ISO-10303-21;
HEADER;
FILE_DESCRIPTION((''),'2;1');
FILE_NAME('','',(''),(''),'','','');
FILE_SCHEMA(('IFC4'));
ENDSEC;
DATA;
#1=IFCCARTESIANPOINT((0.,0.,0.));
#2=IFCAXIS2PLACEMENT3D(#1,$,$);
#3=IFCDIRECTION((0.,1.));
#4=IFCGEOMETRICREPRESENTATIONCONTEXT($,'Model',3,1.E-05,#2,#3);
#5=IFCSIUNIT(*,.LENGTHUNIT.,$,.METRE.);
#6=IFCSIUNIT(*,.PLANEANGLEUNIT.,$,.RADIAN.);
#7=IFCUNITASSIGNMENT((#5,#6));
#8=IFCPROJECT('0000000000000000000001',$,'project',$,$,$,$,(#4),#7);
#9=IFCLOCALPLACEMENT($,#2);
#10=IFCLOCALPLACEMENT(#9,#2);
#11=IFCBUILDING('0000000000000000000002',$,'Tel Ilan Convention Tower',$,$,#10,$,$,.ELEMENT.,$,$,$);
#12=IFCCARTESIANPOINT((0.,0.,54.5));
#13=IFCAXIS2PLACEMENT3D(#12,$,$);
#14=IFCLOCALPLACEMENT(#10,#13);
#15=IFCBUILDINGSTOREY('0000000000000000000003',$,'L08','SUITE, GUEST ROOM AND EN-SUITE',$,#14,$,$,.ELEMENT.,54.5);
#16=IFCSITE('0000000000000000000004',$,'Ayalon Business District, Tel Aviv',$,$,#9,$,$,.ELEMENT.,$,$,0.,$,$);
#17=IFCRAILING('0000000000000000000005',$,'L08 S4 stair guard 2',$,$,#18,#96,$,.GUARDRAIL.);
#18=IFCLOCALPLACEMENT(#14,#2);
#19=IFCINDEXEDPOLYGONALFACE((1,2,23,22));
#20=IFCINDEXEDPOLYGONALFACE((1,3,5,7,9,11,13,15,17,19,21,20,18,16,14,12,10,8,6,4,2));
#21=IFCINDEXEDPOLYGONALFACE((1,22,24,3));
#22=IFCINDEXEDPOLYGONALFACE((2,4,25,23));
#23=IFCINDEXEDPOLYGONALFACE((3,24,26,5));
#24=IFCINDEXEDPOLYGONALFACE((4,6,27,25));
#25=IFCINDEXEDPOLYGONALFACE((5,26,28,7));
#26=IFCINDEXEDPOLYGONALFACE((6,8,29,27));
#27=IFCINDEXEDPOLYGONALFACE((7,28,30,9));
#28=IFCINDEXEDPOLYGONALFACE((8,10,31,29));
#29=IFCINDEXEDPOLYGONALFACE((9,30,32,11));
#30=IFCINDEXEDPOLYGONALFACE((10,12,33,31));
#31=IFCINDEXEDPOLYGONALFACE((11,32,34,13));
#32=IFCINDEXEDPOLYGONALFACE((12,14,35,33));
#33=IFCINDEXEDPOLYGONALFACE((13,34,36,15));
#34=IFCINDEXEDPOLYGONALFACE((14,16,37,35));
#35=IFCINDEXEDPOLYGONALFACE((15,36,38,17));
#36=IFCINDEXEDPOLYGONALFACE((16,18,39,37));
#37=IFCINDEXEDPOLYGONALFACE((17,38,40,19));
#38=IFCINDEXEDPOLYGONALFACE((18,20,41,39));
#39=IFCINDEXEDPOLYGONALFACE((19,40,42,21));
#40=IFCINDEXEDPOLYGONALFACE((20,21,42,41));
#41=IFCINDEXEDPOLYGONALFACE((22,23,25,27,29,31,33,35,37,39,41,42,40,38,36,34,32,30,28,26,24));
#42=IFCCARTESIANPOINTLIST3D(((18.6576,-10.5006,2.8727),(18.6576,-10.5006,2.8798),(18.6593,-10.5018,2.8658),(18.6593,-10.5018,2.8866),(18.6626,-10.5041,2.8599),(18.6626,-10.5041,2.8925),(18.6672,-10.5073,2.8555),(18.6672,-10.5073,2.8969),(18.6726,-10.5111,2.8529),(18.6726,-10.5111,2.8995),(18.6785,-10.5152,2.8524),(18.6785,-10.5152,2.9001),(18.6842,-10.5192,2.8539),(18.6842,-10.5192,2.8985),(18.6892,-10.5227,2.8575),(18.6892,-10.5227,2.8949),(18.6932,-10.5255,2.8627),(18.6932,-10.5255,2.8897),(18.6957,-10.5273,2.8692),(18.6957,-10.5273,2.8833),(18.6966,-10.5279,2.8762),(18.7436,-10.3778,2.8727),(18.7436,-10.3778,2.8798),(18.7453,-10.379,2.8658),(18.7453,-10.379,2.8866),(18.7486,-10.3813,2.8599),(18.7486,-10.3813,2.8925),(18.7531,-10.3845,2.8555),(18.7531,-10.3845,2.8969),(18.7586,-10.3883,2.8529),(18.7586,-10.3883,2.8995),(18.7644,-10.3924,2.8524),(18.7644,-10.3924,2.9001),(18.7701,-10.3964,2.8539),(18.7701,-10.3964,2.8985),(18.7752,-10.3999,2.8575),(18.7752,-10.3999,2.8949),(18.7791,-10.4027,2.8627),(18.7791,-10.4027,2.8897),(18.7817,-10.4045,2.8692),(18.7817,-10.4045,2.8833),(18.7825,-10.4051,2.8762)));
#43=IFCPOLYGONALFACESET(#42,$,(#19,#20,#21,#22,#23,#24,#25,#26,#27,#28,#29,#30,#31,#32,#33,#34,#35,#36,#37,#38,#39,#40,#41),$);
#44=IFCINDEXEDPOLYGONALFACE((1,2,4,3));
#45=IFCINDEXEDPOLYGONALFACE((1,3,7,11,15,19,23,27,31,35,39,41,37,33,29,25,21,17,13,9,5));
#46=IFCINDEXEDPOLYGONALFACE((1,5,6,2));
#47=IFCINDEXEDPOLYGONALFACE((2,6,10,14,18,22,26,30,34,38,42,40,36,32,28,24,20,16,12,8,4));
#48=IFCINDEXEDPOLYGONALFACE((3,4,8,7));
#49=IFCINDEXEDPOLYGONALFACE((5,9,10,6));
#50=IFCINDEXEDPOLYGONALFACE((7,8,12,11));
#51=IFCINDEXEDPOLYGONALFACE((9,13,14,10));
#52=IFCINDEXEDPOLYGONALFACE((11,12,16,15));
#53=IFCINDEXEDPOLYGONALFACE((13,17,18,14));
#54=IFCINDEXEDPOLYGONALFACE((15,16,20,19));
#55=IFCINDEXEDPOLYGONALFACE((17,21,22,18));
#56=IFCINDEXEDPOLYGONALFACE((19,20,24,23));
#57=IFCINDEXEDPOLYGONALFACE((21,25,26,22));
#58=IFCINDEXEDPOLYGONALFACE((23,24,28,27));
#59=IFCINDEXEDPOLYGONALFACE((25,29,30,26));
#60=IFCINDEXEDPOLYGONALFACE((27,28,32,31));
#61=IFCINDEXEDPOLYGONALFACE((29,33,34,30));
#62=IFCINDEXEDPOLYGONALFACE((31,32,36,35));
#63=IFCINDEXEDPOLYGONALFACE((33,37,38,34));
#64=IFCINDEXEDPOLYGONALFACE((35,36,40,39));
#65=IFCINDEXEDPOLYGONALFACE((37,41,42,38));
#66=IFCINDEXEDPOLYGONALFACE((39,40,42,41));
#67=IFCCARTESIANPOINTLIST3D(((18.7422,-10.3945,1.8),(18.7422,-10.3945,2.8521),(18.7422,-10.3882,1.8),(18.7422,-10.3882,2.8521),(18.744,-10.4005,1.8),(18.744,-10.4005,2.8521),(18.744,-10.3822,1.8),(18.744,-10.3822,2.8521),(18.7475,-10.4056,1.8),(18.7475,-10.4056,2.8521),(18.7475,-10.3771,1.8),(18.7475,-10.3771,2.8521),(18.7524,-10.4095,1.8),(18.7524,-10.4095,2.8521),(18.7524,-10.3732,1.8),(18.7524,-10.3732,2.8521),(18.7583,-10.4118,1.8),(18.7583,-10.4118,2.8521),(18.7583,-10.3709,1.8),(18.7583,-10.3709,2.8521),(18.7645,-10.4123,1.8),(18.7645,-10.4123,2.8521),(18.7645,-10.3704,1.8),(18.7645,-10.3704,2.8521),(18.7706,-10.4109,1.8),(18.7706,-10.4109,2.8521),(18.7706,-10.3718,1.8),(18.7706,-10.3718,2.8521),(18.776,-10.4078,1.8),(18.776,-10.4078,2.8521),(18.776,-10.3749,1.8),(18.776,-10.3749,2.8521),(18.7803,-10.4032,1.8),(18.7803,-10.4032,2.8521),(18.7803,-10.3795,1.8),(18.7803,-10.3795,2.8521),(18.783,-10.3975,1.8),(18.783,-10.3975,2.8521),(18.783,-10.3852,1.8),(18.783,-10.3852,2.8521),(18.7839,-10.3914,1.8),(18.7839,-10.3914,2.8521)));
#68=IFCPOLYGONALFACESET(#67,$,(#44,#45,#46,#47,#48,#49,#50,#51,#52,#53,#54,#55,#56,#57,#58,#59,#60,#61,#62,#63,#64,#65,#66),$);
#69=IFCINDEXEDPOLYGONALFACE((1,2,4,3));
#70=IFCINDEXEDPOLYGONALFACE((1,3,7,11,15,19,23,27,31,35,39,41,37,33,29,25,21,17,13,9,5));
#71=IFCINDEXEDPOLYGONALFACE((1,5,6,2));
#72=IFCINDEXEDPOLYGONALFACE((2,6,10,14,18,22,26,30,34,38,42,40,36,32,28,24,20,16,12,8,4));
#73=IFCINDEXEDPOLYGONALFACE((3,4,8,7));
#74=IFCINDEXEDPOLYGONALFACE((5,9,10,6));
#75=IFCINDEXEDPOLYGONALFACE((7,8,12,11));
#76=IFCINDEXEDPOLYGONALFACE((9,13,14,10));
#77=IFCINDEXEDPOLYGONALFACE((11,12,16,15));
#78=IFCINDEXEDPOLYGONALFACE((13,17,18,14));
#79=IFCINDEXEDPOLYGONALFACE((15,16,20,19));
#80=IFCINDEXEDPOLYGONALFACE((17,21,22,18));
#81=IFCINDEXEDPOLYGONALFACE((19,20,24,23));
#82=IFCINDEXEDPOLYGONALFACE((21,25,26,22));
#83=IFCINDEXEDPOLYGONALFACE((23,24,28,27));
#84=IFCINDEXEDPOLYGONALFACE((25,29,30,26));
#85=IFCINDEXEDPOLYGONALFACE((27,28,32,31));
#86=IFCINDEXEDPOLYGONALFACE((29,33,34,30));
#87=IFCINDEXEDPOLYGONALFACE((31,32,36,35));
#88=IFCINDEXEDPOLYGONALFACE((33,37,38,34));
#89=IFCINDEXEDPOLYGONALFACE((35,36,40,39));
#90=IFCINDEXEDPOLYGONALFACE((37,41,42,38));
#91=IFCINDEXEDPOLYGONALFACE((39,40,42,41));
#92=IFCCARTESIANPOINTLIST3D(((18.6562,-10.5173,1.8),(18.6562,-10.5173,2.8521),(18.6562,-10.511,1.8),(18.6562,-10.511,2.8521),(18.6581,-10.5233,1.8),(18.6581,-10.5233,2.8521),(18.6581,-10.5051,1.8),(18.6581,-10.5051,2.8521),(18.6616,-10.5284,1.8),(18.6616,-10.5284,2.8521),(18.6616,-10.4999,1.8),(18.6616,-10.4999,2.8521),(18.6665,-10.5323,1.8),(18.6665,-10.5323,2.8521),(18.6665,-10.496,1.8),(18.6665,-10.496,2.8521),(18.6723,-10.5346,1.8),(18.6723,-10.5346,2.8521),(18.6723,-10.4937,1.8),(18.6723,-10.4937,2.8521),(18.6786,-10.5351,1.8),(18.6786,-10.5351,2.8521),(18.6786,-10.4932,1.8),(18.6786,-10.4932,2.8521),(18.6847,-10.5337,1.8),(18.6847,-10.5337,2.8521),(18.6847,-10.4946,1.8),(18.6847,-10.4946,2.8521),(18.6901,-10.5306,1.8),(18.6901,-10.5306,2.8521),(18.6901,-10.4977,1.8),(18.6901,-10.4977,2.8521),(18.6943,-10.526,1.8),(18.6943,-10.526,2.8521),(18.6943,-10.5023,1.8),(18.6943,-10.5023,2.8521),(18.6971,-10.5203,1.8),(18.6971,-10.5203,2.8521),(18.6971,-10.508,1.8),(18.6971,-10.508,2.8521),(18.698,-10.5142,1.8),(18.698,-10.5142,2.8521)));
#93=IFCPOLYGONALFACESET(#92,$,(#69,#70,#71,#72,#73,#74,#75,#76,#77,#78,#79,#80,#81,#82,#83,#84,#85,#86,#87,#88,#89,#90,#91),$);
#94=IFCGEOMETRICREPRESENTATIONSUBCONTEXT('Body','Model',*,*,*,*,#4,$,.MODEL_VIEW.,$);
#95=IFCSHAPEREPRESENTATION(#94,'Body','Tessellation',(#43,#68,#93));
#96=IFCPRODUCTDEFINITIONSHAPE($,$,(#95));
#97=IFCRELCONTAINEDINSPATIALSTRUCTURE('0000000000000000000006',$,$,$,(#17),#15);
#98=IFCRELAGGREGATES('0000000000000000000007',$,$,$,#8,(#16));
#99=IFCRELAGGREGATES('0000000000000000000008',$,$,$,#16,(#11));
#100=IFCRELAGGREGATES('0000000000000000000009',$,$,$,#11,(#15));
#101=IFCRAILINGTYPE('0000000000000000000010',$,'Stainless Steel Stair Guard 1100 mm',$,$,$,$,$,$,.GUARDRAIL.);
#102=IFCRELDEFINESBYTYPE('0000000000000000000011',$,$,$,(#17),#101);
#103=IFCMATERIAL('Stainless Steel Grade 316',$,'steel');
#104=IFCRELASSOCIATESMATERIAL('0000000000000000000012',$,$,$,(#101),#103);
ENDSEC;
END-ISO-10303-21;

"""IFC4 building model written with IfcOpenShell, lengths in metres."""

from ifc_helpers import new_model, si_unit, direction, frame, origin, origin_2d, place, context, subcontext, project, spatial, circle, extrude, material, type_object, element, save


model = new_model("IFC4")

# Units and contexts
model_context = context("Model", 3, precision=1e-05, world=origin(), true_north=direction((0.0, 1.0)))
body_context = subcontext(model_context, "Body", "Model", "MODEL_VIEW")
ifc_project = project(units=[si_unit("LENGTHUNIT", "METRE"), si_unit("PLANEANGLEUNIT", "RADIAN")], contexts=[model_context])

# Site, building, storey
site_placement = place(None, origin())
site = spatial("IfcSite", under=ifc_project, at=site_placement, Name="Ayalon Business District, Tel Aviv", CompositionType="ELEMENT", RefElevation=0.0)
building_placement = place(site_placement, origin())
building = spatial("IfcBuilding", under=site, at=building_placement, Name="Tel Ilan Convention Tower", CompositionType="ELEMENT")
storey_placement = place(building_placement, frame((0.0, 0.0, 54.5)))
storey = spatial("IfcBuildingStorey", under=building, at=storey_placement, Name="L08", Description="SUITE, GUEST ROOM AND EN-SUITE", CompositionType="ELEMENT", Elevation=54.5)

# Railing
ifc_material_1 = material(Name="Stainless Steel Grade 316", Category="steel")
railing_type_1 = type_object("IfcRailingType", Name="Stainless Steel Stair Guard 1100 mm", PredefinedType="GUARDRAIL", material=ifc_material_1)
railing_1_placement = place(storey_placement, frame((18.7629, -10.3914, 1.8)))
element("IfcRailing", 1, at=railing_1_placement, inside=storey, type_object=railing_type_1, Name="L08 S4 stair guard 2", PredefinedType="GUARDRAIL", context=body_context, shape_type="SweptSolid", body=[
    extrude(circle(Radius=0.0239, at=origin_2d()), frame((0.0, 0.0, 1.0762), z_axis=(-0.573353, -0.819308, 0.0), x_axis=(0.819308, -0.573353, 0.0)), (0.0, 0.0, 1.0), 0.1499),
    extrude(circle(Radius=0.021, at=origin_2d()), origin(), (0.0, 0.0, 1.0), 1.052),
    extrude(circle(Radius=0.021, at=origin_2d()), frame((-0.0859, -0.1228, 0.0)), (0.0, 0.0, 1.0), 1.052),
])

save(model, "model.ifc")
